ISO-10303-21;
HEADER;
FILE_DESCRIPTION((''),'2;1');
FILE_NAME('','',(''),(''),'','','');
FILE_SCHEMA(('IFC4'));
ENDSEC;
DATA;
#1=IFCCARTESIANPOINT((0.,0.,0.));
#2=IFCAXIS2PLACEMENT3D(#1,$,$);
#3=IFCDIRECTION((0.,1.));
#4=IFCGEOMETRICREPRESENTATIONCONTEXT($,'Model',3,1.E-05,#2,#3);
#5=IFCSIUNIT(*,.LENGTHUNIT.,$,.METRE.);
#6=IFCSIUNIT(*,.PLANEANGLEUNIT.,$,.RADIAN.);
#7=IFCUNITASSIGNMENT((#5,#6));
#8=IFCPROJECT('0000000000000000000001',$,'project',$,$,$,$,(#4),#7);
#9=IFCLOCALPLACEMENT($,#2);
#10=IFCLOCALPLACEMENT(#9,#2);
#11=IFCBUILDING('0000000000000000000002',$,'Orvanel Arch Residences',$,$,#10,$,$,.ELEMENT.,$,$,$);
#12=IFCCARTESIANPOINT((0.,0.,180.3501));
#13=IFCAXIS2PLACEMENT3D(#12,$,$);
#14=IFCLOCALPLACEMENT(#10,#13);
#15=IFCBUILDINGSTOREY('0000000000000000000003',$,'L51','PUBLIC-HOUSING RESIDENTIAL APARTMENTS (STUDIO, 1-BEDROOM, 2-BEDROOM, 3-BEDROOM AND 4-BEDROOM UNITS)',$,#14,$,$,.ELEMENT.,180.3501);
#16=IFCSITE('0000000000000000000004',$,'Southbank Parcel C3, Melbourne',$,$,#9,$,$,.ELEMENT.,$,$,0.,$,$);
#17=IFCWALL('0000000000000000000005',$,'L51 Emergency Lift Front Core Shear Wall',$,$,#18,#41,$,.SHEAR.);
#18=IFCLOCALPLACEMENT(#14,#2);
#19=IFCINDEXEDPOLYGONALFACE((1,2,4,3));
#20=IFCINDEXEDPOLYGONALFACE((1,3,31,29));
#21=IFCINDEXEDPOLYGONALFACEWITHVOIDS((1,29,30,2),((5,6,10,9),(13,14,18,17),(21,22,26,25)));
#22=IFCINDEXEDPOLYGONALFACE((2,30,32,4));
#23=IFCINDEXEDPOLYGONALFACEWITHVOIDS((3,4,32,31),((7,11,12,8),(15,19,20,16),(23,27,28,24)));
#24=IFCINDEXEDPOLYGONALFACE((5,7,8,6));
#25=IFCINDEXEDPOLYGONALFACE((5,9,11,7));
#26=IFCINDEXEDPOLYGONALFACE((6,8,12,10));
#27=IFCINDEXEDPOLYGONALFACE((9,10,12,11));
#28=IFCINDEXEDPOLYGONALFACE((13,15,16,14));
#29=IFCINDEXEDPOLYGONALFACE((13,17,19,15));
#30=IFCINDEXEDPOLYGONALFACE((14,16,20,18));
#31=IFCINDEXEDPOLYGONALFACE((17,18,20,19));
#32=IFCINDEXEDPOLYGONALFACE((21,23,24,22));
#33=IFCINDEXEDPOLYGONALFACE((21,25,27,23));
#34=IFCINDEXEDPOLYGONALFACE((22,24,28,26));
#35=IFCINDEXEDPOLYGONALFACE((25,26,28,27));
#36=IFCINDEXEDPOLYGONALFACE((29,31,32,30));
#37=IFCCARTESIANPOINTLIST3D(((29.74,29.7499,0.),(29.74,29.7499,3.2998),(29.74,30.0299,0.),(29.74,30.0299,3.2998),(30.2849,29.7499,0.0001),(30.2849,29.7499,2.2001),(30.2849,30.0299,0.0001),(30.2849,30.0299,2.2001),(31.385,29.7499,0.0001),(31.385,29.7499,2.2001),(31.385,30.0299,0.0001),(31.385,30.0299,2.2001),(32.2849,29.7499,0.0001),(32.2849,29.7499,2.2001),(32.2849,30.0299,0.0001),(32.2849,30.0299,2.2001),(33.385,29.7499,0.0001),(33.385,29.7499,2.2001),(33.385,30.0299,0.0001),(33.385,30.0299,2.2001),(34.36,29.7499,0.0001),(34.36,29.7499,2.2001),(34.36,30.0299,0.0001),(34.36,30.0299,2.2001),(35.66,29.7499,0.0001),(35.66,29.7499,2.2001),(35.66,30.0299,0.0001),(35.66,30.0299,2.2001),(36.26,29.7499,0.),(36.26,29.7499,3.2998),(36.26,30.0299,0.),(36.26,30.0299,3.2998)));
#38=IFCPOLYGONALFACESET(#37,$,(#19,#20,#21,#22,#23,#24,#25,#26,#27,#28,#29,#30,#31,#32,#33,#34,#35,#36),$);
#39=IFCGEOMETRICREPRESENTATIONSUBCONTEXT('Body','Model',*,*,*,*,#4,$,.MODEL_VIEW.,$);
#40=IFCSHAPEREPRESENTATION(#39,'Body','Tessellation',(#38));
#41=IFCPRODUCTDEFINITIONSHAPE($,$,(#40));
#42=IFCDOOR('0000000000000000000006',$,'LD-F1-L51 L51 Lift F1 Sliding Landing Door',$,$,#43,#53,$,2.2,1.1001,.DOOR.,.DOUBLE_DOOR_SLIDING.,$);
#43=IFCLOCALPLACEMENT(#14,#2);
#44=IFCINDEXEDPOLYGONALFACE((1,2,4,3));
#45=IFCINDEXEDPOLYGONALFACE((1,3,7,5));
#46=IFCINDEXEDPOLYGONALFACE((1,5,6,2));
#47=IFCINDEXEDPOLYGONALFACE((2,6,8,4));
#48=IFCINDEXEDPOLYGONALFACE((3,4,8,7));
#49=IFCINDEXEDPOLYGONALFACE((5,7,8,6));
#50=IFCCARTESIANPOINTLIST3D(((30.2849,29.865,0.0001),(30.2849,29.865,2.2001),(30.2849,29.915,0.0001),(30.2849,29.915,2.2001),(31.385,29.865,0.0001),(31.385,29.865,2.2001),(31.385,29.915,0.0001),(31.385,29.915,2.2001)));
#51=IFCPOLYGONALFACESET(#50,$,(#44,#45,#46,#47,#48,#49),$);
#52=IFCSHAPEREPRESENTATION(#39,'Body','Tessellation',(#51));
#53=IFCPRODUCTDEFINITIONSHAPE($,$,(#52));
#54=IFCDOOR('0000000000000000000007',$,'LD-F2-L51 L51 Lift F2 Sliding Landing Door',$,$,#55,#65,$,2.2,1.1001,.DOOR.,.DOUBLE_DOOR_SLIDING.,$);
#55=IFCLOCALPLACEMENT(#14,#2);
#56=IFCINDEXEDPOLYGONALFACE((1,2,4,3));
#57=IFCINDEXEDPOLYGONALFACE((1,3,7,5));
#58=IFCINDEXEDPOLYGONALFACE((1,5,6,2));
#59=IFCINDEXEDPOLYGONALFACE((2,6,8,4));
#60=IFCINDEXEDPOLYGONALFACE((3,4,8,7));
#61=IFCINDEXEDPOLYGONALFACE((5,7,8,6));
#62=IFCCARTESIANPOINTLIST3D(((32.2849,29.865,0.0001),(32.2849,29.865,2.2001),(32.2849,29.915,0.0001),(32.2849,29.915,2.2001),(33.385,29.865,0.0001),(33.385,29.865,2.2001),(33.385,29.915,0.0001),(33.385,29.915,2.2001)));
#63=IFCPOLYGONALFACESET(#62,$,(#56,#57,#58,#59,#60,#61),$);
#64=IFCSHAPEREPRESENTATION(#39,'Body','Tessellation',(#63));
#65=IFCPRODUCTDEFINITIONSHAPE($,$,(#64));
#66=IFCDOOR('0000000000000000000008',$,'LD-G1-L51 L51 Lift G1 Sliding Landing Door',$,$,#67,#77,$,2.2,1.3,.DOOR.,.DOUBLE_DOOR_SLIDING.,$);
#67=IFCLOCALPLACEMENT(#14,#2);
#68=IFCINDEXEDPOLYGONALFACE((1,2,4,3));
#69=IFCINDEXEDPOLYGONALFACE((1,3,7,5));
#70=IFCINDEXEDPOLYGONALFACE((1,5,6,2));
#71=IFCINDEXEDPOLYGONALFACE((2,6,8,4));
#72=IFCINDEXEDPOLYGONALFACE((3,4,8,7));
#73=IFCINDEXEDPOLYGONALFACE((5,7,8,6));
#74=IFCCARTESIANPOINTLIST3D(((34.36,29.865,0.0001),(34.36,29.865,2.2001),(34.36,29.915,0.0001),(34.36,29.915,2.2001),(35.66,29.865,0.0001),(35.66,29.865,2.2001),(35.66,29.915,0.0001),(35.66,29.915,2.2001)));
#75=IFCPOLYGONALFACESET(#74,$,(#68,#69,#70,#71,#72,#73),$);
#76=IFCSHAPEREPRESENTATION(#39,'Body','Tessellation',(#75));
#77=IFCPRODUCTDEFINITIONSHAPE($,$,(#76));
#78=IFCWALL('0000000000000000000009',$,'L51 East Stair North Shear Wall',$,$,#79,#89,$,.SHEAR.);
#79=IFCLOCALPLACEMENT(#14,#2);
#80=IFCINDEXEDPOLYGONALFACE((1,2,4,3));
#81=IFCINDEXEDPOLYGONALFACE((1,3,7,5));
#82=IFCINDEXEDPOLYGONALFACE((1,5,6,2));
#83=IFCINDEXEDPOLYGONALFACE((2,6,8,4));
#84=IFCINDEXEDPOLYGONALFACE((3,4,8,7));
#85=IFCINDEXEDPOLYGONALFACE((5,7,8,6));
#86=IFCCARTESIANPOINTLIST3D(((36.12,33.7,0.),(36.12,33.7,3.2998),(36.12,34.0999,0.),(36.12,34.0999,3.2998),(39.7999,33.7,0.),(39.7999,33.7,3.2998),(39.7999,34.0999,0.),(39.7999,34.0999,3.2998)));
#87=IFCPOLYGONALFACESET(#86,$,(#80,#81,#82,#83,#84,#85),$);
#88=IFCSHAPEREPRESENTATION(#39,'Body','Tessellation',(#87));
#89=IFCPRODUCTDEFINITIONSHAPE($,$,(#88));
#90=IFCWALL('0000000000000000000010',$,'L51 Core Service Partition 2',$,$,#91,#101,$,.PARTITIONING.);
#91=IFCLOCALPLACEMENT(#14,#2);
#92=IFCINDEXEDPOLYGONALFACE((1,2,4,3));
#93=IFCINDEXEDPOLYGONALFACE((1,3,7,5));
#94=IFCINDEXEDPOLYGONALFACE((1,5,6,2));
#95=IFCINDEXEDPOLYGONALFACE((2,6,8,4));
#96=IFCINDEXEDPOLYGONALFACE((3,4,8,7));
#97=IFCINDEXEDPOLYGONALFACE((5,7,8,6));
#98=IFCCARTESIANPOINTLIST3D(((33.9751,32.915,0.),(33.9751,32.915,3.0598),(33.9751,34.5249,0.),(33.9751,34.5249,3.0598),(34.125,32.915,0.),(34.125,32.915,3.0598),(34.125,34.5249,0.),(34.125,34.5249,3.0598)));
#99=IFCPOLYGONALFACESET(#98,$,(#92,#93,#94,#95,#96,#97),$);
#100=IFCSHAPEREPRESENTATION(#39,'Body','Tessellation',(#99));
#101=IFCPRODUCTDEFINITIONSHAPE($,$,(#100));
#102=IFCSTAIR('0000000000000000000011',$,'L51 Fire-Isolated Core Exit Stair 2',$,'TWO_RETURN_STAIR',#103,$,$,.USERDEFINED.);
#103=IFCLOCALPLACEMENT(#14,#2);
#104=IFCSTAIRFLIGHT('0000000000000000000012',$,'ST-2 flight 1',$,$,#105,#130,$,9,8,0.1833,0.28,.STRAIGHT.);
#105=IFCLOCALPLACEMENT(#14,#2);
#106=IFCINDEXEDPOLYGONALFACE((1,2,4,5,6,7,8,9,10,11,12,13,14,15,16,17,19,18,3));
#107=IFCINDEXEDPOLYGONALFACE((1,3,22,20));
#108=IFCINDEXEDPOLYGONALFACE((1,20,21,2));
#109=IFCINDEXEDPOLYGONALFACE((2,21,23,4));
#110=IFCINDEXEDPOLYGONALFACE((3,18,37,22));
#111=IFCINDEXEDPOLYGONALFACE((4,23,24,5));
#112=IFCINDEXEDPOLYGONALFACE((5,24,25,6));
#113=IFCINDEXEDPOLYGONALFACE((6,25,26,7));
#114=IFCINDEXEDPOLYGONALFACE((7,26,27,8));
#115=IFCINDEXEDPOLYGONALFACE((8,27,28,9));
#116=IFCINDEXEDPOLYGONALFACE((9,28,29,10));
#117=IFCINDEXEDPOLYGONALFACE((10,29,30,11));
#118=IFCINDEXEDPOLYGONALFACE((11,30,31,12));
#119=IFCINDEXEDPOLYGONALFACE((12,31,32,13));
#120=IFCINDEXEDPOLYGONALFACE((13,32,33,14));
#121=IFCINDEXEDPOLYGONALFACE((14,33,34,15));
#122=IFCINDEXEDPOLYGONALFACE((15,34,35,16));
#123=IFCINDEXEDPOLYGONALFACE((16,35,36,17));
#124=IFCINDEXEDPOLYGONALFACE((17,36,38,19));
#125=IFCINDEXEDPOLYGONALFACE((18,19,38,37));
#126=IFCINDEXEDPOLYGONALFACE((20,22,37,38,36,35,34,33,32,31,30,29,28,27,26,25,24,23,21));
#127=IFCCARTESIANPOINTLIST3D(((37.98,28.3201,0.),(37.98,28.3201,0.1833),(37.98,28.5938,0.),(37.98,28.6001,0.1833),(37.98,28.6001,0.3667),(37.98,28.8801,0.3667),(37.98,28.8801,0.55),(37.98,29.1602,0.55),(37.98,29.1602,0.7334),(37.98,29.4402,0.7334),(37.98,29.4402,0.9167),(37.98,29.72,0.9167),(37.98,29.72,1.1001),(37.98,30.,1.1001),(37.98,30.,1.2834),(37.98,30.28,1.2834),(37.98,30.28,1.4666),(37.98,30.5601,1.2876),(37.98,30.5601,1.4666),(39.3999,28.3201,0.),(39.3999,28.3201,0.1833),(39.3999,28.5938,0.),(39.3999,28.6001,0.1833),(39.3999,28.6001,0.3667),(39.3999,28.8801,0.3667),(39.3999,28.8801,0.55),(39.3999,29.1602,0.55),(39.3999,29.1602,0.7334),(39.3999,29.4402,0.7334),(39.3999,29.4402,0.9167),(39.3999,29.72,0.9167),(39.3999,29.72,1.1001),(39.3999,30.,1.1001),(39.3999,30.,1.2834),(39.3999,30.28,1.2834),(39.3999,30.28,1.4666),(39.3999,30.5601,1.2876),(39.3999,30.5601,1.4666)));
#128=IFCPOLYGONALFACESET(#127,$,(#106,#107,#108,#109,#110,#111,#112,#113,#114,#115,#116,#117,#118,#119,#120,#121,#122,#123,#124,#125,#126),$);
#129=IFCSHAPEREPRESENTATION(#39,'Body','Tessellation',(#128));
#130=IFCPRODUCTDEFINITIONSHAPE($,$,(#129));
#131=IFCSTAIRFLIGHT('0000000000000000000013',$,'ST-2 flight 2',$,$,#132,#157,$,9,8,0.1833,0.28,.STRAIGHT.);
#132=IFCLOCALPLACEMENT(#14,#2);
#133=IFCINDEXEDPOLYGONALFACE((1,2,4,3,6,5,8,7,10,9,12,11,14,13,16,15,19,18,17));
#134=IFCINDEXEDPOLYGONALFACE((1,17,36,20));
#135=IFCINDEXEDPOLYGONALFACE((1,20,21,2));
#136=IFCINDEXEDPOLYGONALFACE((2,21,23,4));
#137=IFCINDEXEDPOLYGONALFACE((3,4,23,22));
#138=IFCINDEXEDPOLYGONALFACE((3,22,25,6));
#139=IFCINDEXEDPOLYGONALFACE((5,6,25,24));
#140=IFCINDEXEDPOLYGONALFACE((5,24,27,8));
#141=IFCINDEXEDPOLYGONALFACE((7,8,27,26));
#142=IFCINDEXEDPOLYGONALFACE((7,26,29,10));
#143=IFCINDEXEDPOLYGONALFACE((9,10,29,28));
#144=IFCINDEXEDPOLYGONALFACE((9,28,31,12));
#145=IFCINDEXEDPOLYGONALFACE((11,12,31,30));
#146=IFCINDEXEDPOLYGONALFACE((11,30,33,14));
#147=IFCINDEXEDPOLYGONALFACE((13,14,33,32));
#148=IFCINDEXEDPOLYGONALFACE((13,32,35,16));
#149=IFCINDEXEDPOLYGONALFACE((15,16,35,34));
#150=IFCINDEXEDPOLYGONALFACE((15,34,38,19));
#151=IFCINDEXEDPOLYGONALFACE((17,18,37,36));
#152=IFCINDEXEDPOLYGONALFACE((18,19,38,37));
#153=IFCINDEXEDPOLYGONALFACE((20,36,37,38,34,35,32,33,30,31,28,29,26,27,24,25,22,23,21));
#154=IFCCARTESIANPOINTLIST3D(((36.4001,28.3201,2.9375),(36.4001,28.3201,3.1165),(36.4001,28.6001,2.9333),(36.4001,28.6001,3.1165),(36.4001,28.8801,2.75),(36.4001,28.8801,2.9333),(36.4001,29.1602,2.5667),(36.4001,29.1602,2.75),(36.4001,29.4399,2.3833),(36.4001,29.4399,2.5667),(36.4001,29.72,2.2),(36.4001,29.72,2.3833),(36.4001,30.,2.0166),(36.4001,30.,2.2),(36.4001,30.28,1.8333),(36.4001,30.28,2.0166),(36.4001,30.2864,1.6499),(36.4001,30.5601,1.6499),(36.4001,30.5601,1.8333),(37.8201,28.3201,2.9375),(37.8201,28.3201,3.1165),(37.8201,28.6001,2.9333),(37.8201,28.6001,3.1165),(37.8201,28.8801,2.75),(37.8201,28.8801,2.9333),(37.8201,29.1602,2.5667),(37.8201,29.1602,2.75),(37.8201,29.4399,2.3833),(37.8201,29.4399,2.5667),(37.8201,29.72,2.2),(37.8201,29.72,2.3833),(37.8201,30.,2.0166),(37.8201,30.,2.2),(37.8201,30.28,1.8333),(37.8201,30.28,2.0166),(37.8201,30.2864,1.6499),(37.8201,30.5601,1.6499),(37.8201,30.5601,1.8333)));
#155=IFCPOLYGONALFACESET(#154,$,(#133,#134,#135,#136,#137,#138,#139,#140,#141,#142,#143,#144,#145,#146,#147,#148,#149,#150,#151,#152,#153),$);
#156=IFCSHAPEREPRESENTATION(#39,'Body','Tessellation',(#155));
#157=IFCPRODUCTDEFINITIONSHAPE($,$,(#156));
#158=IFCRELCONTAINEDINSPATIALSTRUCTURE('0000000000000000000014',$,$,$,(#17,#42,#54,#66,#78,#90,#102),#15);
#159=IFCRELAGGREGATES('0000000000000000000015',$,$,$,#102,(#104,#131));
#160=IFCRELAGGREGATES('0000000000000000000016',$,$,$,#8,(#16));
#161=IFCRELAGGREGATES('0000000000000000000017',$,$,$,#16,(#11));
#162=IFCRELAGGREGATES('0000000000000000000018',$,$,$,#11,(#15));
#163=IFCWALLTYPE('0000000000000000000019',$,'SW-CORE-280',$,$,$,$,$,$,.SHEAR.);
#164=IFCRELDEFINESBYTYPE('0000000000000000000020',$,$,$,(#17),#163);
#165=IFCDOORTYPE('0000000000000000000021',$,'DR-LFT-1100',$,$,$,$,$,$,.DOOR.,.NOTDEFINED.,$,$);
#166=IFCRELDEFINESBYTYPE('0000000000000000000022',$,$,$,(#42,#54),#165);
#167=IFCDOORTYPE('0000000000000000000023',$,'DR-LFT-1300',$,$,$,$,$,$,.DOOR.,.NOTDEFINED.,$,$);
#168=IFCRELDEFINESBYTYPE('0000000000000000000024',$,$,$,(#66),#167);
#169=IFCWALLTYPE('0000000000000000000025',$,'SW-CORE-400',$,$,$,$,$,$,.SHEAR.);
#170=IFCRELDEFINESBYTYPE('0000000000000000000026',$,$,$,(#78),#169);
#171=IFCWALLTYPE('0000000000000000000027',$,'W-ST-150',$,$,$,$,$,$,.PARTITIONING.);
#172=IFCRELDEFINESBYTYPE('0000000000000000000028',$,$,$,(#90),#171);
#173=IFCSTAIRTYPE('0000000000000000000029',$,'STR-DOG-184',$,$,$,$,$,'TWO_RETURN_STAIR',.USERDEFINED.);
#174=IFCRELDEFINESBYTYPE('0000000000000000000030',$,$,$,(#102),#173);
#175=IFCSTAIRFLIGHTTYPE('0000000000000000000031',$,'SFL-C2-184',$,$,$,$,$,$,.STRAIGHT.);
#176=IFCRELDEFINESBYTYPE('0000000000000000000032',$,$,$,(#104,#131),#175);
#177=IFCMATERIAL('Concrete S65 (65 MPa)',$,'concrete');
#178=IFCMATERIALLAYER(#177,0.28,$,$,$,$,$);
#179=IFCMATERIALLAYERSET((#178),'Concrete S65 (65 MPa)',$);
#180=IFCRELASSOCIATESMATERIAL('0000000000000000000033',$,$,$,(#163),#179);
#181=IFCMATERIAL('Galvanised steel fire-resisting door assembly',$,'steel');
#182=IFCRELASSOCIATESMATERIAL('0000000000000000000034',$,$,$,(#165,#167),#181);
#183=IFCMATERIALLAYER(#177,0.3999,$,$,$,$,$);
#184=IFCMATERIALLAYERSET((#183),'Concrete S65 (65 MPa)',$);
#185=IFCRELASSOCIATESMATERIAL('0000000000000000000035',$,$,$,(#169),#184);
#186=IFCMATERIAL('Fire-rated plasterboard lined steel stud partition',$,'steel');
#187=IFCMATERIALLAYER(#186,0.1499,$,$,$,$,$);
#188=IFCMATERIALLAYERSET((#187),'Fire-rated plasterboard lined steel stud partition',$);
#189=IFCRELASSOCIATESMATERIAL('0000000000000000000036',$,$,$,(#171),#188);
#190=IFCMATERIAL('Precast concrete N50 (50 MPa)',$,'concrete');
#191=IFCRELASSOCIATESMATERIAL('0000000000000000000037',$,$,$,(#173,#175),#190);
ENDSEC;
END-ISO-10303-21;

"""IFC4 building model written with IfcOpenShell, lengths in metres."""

from ifc_helpers import new_model, si_unit, direction, frame, frame_2d, origin, place, context, subcontext, project, spatial, polyline, rectangle, outline, extrude, material, layer, layer_set, type_object, element, fill, aggregate, save


model = new_model("IFC4")

# Units and contexts
model_context = context("Model", 3, precision=1e-05, world=origin(), true_north=direction((0.0, 1.0)))
body_context = subcontext(model_context, "Body", "Model", "MODEL_VIEW")
ifc_project = project(units=[si_unit("LENGTHUNIT", "METRE"), si_unit("PLANEANGLEUNIT", "RADIAN")], contexts=[model_context])

# Site, building, storey
site_placement = place(None, origin())
site = spatial("IfcSite", under=ifc_project, at=site_placement, Name="Southbank Parcel C3, Melbourne", CompositionType="ELEMENT", RefElevation=0.0)
building_placement = place(site_placement, origin())
building = spatial("IfcBuilding", under=site, at=building_placement, Name="Orvanel Arch Residences", CompositionType="ELEMENT")
storey_placement = place(building_placement, frame((0.0, 0.0, 180.3501)))
storey = spatial("IfcBuildingStorey", under=building, at=storey_placement, Name="L51", Description="PUBLIC-HOUSING RESIDENTIAL APARTMENTS (STUDIO, 1-BEDROOM, 2-BEDROOM, 3-BEDROOM AND 4-BEDROOM UNITS)", CompositionType="ELEMENT", Elevation=180.3501)

# Wall, openings, doors
ifc_material_1 = material(Name="Concrete S65 (65 MPa)", Category="concrete")
ifc_layer_1 = layer(ifc_material_1, 0.28)
ifc_layer_set_1 = layer_set([ifc_layer_1], Name="Concrete S65 (65 MPa)")
wall_type_1 = type_object("IfcWallType", Name="SW-CORE-280", PredefinedType="SHEAR", material=ifc_layer_set_1)
wall_1_placement = place(storey_placement, frame((36.26, 29.8899, 0.0), z_axis=(0.0, 0.0, 1.0), x_axis=(-1.0, 0.0, 0.0)))
wall_1 = element("IfcWall", 1, at=wall_1_placement, inside=storey, type_object=wall_type_1, Name="L51 Emergency Lift Front Core Shear Wall", PredefinedType="SHEAR", context=body_context, shape_type="SweptSolid", body=[
    extrude(rectangle(XDim=6.52, YDim=0.28, at=frame_2d((3.26, 0.0))), origin(), (0.0, 0.0, 1.0), 3.2998),
])
opening_1_placement = place(wall_1_placement, frame((4.875, 0.0, 0.0)))
opening_1 = element("IfcOpeningElement", 2, at=opening_1_placement, cuts=wall_1, PredefinedType="OPENING", context=body_context, shape_type="SweptSolid", body=[
    extrude(rectangle(XDim=1.1001, YDim=2.2, at=frame_2d((0.55, 1.1001))), frame((0.0, 0.1499, 0.0), z_axis=(0.0, -1.0, 0.0), x_axis=(1.0, 0.0, 0.0)), (0.0, 0.0, 1.0), 0.3),
])
opening_2_placement = place(wall_1_placement, frame((2.875, 0.0, 0.0)))
opening_2 = element("IfcOpeningElement", 3, at=opening_2_placement, cuts=wall_1, PredefinedType="OPENING", context=body_context, shape_type="SweptSolid", body=[
    extrude(rectangle(XDim=1.1001, YDim=2.2, at=frame_2d((0.55, 1.1001))), frame((0.0, 0.1499, 0.0), z_axis=(0.0, -1.0, 0.0), x_axis=(1.0, 0.0, 0.0)), (0.0, 0.0, 1.0), 0.3),
])
opening_3_placement = place(wall_1_placement, frame((0.6001, 0.0, 0.0)))
opening_3 = element("IfcOpeningElement", 4, at=opening_3_placement, cuts=wall_1, PredefinedType="OPENING", context=body_context, shape_type="SweptSolid", body=[
    extrude(rectangle(XDim=1.3, YDim=2.2, at=frame_2d((0.6499, 1.1001))), frame((0.0, 0.1499, 0.0), z_axis=(0.0, -1.0, 0.0), x_axis=(1.0, 0.0, 0.0)), (0.0, 0.0, 1.0), 0.3),
])
ifc_material_2 = material(Name="Galvanised steel fire-resisting door assembly", Category="steel")
door_type_1 = type_object("IfcDoorType", Name="DR-LFT-1100", OperationType="NOTDEFINED", PredefinedType="DOOR", material=ifc_material_2)
door_1_placement = place(opening_1_placement, origin())
door_1 = element("IfcDoor", 5, at=door_1_placement, inside=storey, type_object=door_type_1, Name="LD-F1-L51 L51 Lift F1 Sliding Landing Door", OperationType="DOUBLE_DOOR_SLIDING", OverallHeight=2.2, OverallWidth=1.1001, PredefinedType="DOOR", context=body_context, shape_type="SweptSolid", body=[
    extrude(rectangle(XDim=1.1001, YDim=2.2, at=frame_2d((0.55, 1.1001))), frame((0.0, 0.0249, 0.0), z_axis=(0.0, -1.0, 0.0), x_axis=(1.0, 0.0, 0.0)), (0.0, 0.0, 1.0), 0.05),
])
fill(opening_1, door_1)
door_2_placement = place(opening_2_placement, origin())
door_2 = element("IfcDoor", 6, at=door_2_placement, inside=storey, type_object=door_type_1, Name="LD-F2-L51 L51 Lift F2 Sliding Landing Door", OperationType="DOUBLE_DOOR_SLIDING", OverallHeight=2.2, OverallWidth=1.1001, PredefinedType="DOOR", context=body_context, shape_type="SweptSolid", body=[
    extrude(rectangle(XDim=1.1001, YDim=2.2, at=frame_2d((0.55, 1.1001))), frame((0.0, 0.0249, 0.0), z_axis=(0.0, -1.0, 0.0), x_axis=(1.0, 0.0, 0.0)), (0.0, 0.0, 1.0), 0.05),
])
fill(opening_2, door_2)
door_type_2 = type_object("IfcDoorType", Name="DR-LFT-1300", OperationType="NOTDEFINED", PredefinedType="DOOR", material=ifc_material_2)
door_3_placement = place(opening_3_placement, origin())
door_3 = element("IfcDoor", 7, at=door_3_placement, inside=storey, type_object=door_type_2, Name="LD-G1-L51 L51 Lift G1 Sliding Landing Door", OperationType="DOUBLE_DOOR_SLIDING", OverallHeight=2.2, OverallWidth=1.3, PredefinedType="DOOR", context=body_context, shape_type="SweptSolid", body=[
    extrude(rectangle(XDim=1.3, YDim=2.2, at=frame_2d((0.6499, 1.1001))), frame((0.0, 0.0249, 0.0), z_axis=(0.0, -1.0, 0.0), x_axis=(1.0, 0.0, 0.0)), (0.0, 0.0, 1.0), 0.05),
])
fill(opening_3, door_3)

# Walls
ifc_layer_2 = layer(ifc_material_1, 0.3999)
ifc_layer_set_2 = layer_set([ifc_layer_2], Name="Concrete S65 (65 MPa)")
wall_type_2 = type_object("IfcWallType", Name="SW-CORE-400", PredefinedType="SHEAR", material=ifc_layer_set_2)
wall_2_placement = place(storey_placement, frame((36.1201, 33.8999, 0.0), z_axis=(0.0, 0.0, 1.0), x_axis=(1.0, 0.0, 0.0)))
element("IfcWall", 8, at=wall_2_placement, inside=storey, type_object=wall_type_2, Name="L51 East Stair North Shear Wall", PredefinedType="SHEAR", context=body_context, shape_type="SweptSolid", body=[
    extrude(rectangle(XDim=3.6799, YDim=0.3999, at=frame_2d((1.8398, 0.0))), origin(), (0.0, 0.0, 1.0), 3.2998),
])
ifc_material_3 = material(Name="Fire-rated plasterboard lined steel stud partition", Category="steel")
ifc_layer_3 = layer(ifc_material_3, 0.1499)
ifc_layer_set_3 = layer_set([ifc_layer_3], Name="Fire-rated plasterboard lined steel stud partition")
wall_type_3 = type_object("IfcWallType", Name="W-ST-150", PredefinedType="PARTITIONING", material=ifc_layer_set_3)
wall_3_placement = place(storey_placement, frame((34.05, 32.915, 0.0), z_axis=(0.0, 0.0, 1.0), x_axis=(0.0, 1.0, 0.0)))
element("IfcWall", 9, at=wall_3_placement, inside=storey, type_object=wall_type_3, Name="L51 Core Service Partition 2", PredefinedType="PARTITIONING", context=body_context, shape_type="SweptSolid", body=[
    extrude(rectangle(XDim=1.6099, YDim=0.1499, at=frame_2d((0.8049, 0.0))), origin(), (0.0, 0.0, 1.0), 3.0598),
])

# Stair, stair flights
ifc_material_4 = material(Name="Precast concrete N50 (50 MPa)", Category="concrete")
stair_type = type_object("IfcStairType", Name="STR-DOG-184", ElementType="TWO_RETURN_STAIR", PredefinedType="USERDEFINED", material=ifc_material_4)
stair_placement = place(storey_placement, origin())
stair = element("IfcStair", 10, at=stair_placement, inside=storey, type_object=stair_type, Name="L51 Fire-Isolated Core Exit Stair 2", ObjectType="TWO_RETURN_STAIR", PredefinedType="USERDEFINED")
stair_flight_type = type_object("IfcStairFlightType", Name="SFL-C2-184", PredefinedType="STRAIGHT", material=ifc_material_4)
stair_flight_1_placement = place(storey_placement, frame((38.6899, 28.3201, 0.0), z_axis=(0.0, 0.0, 1.0), x_axis=(0.0, 1.0, 0.0)))
stair_flight_1 = element("IfcStairFlight", 11, at=stair_flight_1_placement, type_object=stair_flight_type, Name="ST-2 flight 1", NumberOfRisers=9, NumberOfTreads=8, PredefinedType="STRAIGHT", RiserHeight=0.1833, TreadLength=0.28, context=body_context, shape_type="SweptSolid", body=[
    extrude(outline(polyline([(0.0, 0.0), (0.0, 0.1833), (0.28, 0.1833), (0.28, 0.3667), (0.5601, 0.3667), (0.5601, 0.55), (0.8401, 0.55), (0.8401, 0.7334), (1.1201, 0.7334), (1.1201, 0.9167), (1.3999, 0.9167), (1.3999, 1.1001), (1.6799, 1.1001), (1.6799, 1.2834), (1.96, 1.2834), (1.96, 1.4666), (2.24, 1.4666), (2.24, 1.6499), (2.24, 1.2876), (0.2737, 0.0), (0.0, 0.0)])), frame((0.0, 0.71, 0.0), z_axis=(0.0, -1.0, 0.0), x_axis=(1.0, 0.0, 0.0)), (0.0, 0.0, 1.0), 1.4199),
])
stair_flight_2_placement = place(storey_placement, frame((37.1101, 30.5601, 1.6499), z_axis=(0.0, 0.0, 1.0), x_axis=(0.0, -1.0, 0.0)))
stair_flight_2 = element("IfcStairFlight", 12, at=stair_flight_2_placement, type_object=stair_flight_type, Name="ST-2 flight 2", NumberOfRisers=9, NumberOfTreads=8, PredefinedType="STRAIGHT", RiserHeight=0.1833, TreadLength=0.28, context=body_context, shape_type="SweptSolid", body=[
    extrude(outline(polyline([(0.0, 0.0), (0.0, 0.1833), (0.28, 0.1833), (0.28, 0.3667), (0.5601, 0.3667), (0.5601, 0.55), (0.8401, 0.55), (0.8401, 0.7334), (1.1201, 0.7334), (1.1201, 0.9167), (1.3999, 0.9167), (1.3999, 1.1001), (1.6799, 1.1001), (1.6799, 1.2834), (1.96, 1.2834), (1.96, 1.4666), (2.24, 1.4666), (2.24, 1.6499), (2.24, 1.2876), (0.2737, 0.0), (0.0, 0.0)])), frame((0.0, 0.71, 0.0), z_axis=(0.0, -1.0, 0.0), x_axis=(1.0, 0.0, 0.0)), (0.0, 0.0, 1.0), 1.4199),
])
aggregate(stair, [stair_flight_1, stair_flight_2])

save(model, "model.ifc")
